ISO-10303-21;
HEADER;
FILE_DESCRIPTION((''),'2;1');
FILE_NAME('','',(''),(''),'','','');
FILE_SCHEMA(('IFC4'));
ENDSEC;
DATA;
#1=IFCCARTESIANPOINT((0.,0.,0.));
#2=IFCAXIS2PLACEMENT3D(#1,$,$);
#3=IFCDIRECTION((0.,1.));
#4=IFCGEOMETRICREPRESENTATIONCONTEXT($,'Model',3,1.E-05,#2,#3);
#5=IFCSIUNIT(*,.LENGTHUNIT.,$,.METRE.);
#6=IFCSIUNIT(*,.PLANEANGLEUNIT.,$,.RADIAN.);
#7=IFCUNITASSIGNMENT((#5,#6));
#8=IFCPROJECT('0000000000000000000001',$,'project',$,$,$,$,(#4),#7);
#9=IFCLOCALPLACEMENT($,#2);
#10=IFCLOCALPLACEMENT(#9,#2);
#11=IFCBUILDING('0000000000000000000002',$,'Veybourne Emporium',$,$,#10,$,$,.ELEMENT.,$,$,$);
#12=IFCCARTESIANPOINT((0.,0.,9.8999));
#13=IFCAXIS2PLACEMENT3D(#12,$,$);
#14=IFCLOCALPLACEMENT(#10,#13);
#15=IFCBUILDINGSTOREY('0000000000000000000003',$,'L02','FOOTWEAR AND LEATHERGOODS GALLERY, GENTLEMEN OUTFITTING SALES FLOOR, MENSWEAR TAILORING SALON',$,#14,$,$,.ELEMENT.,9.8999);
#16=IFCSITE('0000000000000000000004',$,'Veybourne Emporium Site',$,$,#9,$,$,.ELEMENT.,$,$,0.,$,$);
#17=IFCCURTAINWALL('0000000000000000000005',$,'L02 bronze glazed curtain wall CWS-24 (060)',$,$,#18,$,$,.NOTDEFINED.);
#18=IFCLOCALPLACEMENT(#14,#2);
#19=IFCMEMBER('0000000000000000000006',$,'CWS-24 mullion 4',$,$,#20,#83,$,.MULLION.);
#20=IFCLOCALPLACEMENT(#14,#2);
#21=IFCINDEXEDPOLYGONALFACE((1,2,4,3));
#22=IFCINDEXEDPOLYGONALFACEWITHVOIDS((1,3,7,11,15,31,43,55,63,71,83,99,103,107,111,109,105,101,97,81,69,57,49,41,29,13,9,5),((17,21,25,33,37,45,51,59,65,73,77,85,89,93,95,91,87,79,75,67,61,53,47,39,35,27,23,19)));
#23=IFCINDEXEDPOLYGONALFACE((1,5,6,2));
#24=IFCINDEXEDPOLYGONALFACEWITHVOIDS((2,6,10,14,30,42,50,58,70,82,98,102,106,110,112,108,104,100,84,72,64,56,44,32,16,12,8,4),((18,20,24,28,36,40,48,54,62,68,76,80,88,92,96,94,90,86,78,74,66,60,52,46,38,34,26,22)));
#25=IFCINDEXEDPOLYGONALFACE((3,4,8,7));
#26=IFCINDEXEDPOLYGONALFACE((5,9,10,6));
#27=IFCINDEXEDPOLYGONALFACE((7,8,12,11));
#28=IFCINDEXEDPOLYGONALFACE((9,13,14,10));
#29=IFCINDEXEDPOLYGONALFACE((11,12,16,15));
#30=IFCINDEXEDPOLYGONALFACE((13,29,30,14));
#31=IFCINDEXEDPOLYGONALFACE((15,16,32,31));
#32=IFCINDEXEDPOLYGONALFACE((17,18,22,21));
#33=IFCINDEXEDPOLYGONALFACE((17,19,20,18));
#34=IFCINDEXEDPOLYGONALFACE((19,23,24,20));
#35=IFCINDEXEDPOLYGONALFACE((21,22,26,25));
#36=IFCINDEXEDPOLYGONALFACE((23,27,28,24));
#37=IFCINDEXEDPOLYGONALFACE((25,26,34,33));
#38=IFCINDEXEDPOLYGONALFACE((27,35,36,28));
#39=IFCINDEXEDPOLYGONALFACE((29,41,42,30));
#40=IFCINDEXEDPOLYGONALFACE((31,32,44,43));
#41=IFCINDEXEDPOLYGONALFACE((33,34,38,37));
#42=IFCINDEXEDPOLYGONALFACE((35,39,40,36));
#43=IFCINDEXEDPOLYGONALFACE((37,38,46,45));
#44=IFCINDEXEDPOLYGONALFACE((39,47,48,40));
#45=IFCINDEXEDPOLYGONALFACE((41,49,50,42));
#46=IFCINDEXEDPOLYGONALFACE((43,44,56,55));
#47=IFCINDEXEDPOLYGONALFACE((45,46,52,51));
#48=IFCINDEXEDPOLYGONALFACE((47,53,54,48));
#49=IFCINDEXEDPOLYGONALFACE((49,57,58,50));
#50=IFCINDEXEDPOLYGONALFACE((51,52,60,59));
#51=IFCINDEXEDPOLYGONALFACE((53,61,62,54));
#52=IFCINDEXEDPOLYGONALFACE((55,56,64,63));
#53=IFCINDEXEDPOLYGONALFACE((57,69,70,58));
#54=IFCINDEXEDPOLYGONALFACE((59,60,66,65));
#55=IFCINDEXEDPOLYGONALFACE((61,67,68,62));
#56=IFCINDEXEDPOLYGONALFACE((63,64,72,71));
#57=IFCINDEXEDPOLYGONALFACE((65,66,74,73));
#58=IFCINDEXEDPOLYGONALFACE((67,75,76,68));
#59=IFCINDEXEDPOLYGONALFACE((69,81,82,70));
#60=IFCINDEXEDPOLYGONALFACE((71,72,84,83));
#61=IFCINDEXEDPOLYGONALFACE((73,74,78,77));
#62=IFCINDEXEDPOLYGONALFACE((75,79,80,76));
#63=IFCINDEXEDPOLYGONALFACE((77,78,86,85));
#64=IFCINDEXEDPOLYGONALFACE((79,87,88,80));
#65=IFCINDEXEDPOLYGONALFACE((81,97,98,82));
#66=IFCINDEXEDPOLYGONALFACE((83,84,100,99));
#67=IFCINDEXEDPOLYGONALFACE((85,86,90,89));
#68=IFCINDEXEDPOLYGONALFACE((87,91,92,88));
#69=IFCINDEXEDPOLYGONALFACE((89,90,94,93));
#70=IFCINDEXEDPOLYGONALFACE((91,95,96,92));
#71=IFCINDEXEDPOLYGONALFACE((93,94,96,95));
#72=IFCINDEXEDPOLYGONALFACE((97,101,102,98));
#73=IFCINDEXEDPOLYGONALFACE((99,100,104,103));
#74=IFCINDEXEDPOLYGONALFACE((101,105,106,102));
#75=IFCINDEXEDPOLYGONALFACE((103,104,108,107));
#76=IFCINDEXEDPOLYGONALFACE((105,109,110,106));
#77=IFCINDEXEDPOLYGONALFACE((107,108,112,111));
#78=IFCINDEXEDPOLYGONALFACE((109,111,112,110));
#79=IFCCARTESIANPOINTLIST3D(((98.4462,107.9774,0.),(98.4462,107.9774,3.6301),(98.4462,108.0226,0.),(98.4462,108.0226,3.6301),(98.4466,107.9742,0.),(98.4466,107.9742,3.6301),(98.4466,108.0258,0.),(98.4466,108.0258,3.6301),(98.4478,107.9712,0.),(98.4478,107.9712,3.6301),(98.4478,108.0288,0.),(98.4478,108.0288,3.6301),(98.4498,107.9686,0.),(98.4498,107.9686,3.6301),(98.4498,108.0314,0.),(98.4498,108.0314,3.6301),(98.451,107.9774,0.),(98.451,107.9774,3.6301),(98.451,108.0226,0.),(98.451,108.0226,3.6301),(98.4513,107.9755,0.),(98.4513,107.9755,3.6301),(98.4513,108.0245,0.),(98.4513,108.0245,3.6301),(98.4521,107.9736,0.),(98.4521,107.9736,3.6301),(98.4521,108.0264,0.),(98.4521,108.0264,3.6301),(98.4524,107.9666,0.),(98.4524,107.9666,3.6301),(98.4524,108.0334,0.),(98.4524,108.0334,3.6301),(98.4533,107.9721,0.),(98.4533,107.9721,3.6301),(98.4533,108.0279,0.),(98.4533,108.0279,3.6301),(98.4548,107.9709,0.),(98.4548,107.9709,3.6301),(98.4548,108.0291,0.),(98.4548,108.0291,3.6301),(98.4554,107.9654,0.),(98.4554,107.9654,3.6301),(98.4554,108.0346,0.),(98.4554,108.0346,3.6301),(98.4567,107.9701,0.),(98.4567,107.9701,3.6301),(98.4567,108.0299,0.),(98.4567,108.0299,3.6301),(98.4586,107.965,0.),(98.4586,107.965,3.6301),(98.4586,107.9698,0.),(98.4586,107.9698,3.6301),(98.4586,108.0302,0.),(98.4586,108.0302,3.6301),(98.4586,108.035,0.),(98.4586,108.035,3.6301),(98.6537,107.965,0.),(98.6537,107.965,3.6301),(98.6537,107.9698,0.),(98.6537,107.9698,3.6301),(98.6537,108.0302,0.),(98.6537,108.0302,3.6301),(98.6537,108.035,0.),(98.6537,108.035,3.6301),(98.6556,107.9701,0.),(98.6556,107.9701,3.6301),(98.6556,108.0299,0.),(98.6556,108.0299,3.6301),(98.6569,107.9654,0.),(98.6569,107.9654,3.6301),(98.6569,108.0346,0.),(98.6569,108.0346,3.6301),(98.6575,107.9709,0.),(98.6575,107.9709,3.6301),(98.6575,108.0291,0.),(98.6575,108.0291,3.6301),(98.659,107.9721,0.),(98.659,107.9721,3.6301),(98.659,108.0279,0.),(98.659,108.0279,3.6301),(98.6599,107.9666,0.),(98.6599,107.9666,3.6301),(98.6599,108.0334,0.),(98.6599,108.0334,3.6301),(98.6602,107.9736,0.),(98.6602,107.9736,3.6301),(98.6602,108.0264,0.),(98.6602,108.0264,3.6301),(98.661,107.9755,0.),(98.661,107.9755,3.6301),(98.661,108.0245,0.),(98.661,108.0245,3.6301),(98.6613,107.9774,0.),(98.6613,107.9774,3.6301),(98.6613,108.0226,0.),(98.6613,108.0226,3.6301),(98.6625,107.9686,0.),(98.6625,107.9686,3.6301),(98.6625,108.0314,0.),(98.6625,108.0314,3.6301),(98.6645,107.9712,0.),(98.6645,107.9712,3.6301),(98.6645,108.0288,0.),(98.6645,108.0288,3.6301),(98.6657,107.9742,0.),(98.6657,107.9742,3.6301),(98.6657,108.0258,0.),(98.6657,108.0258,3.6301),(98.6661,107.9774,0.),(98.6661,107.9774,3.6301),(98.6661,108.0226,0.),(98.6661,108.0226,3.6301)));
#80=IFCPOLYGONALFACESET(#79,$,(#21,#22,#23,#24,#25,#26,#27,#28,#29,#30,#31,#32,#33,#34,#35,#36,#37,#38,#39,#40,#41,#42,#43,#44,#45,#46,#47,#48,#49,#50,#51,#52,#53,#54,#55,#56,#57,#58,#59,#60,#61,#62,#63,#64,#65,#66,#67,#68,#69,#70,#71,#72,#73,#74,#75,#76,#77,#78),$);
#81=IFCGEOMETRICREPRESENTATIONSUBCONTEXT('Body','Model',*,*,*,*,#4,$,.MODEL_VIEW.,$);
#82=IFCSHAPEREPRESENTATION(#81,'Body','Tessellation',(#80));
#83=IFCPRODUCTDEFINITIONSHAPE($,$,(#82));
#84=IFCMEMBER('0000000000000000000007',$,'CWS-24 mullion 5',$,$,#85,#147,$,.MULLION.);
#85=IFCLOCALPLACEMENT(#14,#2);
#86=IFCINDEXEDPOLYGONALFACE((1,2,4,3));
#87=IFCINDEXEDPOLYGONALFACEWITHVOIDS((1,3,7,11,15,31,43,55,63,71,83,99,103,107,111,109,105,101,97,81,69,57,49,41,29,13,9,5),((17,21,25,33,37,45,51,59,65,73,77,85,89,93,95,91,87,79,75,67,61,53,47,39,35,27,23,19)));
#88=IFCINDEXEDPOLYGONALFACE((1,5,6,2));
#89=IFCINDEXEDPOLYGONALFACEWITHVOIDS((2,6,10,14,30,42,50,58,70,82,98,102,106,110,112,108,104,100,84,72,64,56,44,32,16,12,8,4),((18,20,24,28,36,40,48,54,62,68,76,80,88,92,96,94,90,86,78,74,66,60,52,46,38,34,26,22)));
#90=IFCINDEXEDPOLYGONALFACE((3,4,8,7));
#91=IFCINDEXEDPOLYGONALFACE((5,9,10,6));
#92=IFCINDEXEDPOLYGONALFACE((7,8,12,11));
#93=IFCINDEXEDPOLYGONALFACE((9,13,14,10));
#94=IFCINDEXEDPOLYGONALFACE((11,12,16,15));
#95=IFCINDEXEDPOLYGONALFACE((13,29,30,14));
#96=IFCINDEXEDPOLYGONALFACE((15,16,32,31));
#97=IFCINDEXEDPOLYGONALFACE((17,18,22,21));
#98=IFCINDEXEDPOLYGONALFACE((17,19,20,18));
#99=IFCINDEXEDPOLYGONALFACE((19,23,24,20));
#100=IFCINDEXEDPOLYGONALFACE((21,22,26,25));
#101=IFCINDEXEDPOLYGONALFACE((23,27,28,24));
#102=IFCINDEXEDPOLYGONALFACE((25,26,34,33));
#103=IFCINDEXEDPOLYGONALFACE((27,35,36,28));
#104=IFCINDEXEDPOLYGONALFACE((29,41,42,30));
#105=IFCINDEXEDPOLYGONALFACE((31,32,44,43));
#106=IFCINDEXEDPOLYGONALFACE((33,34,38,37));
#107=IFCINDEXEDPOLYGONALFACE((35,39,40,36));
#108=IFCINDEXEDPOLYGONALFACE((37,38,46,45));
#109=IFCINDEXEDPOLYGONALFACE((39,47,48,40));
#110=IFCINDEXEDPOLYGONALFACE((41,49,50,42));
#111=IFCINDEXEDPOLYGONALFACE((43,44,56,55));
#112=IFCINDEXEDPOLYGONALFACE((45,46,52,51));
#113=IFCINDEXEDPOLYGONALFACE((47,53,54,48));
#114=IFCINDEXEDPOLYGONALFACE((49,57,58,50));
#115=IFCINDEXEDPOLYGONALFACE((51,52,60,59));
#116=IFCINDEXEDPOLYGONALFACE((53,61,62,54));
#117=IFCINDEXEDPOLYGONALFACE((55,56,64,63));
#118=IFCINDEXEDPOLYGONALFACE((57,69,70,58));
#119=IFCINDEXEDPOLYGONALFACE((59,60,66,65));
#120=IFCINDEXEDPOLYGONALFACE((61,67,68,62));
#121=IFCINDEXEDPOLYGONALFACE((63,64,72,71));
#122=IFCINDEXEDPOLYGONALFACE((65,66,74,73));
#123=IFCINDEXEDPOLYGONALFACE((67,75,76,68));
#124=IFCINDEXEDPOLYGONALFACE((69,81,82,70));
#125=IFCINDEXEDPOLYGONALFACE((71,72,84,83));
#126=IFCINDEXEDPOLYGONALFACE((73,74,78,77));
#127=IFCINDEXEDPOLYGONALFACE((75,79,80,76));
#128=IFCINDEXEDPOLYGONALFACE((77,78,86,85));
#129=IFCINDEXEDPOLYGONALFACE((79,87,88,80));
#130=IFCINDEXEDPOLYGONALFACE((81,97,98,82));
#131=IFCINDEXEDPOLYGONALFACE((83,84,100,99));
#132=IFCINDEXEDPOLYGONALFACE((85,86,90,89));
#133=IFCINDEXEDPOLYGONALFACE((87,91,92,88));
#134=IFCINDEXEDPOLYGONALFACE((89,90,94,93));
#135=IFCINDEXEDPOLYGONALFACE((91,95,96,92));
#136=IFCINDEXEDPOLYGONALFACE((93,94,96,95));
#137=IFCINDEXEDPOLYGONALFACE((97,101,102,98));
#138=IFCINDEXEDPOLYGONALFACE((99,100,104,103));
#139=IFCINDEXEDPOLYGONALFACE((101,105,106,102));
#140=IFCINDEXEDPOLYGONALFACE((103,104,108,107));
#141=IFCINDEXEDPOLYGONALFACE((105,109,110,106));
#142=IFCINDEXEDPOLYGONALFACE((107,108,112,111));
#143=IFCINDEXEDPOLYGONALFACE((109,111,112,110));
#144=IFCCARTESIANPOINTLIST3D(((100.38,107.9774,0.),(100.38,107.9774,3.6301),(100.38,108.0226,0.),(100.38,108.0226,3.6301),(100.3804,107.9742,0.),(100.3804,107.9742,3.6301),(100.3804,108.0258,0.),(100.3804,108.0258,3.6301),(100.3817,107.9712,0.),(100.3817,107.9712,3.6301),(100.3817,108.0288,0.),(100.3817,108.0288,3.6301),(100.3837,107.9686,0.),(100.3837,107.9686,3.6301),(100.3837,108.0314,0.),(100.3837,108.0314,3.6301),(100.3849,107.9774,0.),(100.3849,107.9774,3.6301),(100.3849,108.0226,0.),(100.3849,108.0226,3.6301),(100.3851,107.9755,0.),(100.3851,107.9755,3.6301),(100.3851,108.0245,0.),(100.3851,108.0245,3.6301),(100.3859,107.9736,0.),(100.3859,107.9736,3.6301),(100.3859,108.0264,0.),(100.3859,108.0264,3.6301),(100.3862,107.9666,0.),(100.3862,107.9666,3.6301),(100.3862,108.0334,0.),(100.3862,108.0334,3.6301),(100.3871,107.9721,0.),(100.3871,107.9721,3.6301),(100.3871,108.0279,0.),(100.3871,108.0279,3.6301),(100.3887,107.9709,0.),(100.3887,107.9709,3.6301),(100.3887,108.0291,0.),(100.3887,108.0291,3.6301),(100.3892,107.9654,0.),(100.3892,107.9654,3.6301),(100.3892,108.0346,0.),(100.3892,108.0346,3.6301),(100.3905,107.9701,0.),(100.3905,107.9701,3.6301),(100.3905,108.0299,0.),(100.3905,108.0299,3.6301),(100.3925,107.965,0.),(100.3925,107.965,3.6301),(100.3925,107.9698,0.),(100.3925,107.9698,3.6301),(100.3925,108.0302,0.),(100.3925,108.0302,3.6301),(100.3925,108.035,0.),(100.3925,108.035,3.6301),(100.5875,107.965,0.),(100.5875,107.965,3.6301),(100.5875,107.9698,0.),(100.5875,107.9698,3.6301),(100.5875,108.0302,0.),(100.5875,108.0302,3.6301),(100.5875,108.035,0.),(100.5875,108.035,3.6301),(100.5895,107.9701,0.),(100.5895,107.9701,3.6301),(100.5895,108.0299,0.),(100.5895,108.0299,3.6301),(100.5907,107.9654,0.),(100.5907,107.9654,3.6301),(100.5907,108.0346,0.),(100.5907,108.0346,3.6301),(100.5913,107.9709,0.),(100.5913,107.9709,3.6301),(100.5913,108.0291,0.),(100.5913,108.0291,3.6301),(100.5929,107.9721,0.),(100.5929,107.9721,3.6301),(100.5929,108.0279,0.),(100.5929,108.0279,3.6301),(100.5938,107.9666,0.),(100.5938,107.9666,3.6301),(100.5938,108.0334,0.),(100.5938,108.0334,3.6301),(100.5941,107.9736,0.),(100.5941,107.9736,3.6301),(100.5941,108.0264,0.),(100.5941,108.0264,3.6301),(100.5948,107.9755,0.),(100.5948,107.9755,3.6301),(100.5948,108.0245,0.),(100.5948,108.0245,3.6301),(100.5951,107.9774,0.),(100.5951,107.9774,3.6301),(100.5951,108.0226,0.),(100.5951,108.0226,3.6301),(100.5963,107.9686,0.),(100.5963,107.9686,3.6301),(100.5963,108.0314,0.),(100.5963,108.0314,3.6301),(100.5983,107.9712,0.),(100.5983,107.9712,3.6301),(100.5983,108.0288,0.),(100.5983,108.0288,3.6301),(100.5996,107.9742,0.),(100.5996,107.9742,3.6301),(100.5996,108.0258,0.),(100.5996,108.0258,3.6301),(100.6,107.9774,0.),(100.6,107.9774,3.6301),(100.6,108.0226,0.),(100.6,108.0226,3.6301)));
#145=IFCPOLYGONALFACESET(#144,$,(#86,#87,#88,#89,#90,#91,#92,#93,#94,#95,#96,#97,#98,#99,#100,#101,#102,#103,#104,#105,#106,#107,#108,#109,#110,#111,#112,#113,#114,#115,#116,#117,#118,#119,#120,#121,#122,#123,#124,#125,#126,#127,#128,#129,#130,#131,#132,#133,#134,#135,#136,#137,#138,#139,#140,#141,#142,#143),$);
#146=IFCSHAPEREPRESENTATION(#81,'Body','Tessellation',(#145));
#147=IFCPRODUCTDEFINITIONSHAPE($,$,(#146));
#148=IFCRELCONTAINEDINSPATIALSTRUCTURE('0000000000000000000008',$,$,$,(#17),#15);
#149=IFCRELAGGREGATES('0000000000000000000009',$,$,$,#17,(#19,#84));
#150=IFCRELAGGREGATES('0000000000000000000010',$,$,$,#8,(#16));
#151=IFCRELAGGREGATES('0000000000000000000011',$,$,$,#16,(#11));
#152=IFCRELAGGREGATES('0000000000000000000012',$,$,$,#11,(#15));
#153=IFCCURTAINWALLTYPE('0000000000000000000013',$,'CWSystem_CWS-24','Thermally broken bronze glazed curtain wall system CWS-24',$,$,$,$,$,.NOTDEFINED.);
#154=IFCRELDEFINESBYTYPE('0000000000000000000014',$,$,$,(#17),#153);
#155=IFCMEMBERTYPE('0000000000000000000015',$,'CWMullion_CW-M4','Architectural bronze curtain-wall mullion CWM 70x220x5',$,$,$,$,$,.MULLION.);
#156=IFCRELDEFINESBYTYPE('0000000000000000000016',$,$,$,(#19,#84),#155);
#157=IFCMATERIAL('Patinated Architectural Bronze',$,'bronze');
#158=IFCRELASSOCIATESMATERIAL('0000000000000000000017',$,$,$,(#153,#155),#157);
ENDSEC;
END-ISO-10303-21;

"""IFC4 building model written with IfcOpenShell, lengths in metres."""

from ifc_helpers import new_model, si_unit, direction, frame, origin, origin_2d, place, context, subcontext, project, spatial, hollow_rectangle, extrude, material, material_profile, profile_set, type_object, element, aggregate, save


model = new_model("IFC4")

# Units and contexts
model_context = context("Model", 3, precision=1e-05, world=origin(), true_north=direction((0.0, 1.0)))
body_context = subcontext(model_context, "Body", "Model", "MODEL_VIEW")
ifc_project = project(units=[si_unit("LENGTHUNIT", "METRE"), si_unit("PLANEANGLEUNIT", "RADIAN")], contexts=[model_context])

# Site, building, storey
site_placement = place(None, origin())
site = spatial("IfcSite", under=ifc_project, at=site_placement, Name="Veybourne Emporium Site", CompositionType="ELEMENT", RefElevation=0.0)
building_placement = place(site_placement, origin())
building = spatial("IfcBuilding", under=site, at=building_placement, Name="Veybourne Emporium", CompositionType="ELEMENT")
storey_placement = place(building_placement, frame((0.0, 0.0, 9.8999)))
storey = spatial("IfcBuildingStorey", under=building, at=storey_placement, Name="L02", Description="FOOTWEAR AND LEATHERGOODS GALLERY, GENTLEMEN OUTFITTING SALES FLOOR, MENSWEAR TAILORING SALON", CompositionType="ELEMENT", Elevation=9.8999)

# Curtain wall, members
ifc_material_1 = material(Name="Patinated Architectural Bronze", Category="bronze")
curtain_wall_type = type_object("IfcCurtainWallType", Name="CWSystem_CWS-24", Description="Thermally broken bronze glazed curtain wall system CWS-24", PredefinedType="NOTDEFINED", material=ifc_material_1)
curtain_wall_placement = place(storey_placement, origin())
curtain_wall = element("IfcCurtainWall", 1, at=curtain_wall_placement, inside=storey, type_object=curtain_wall_type, Name="L02 bronze glazed curtain wall CWS-24 (060)", PredefinedType="NOTDEFINED")
ifc_material_profile_1 = material_profile(ifc_material_1, hollow_rectangle(XDim=0.0701, YDim=0.22, WallThickness=0.0049, InnerFilletRadius=0.0076, OuterFilletRadius=0.0125, at=origin_2d()), Name="CWM 70x220x5")
ifc_profile_set_1 = profile_set([ifc_material_profile_1], Name="Patinated Architectural Bronze")
member_type_1 = type_object("IfcMemberType", Name="CWMullion_CW-M4", Description="Architectural bronze curtain-wall mullion CWM 70x220x5", PredefinedType="MULLION", material=ifc_profile_set_1)
member_1_placement = place(storey_placement, frame((98.5562, 108.0, 0.0), z_axis=(0.0, 0.0, 1.0), x_axis=(0.0, 1.0, 0.0)))
member_1 = element("IfcMember", 2, at=member_1_placement, type_object=member_type_1, Name="CWS-24 mullion 4", PredefinedType="MULLION", context=body_context, shape_type="SweptSolid", body=[
    extrude(hollow_rectangle(XDim=0.0701, YDim=0.22, WallThickness=0.0049, InnerFilletRadius=0.0076, OuterFilletRadius=0.0125, at=origin_2d()), origin(), (0.0, 0.0, 1.0), 3.6301),
])
member_2_placement = place(storey_placement, frame((100.49, 108.0, 0.0), z_axis=(0.0, 0.0, 1.0), x_axis=(0.0, 1.0, 0.0)))
member_2 = element("IfcMember", 3, at=member_2_placement, type_object=member_type_1, Name="CWS-24 mullion 5", PredefinedType="MULLION", context=body_context, shape_type="SweptSolid", body=[
    extrude(hollow_rectangle(XDim=0.0701, YDim=0.22, WallThickness=0.0049, InnerFilletRadius=0.0076, OuterFilletRadius=0.0125, at=origin_2d()), origin(), (0.0, 0.0, 1.0), 3.6301),
])
aggregate(curtain_wall, [member_1, member_2])

save(model, "model.ifc")
